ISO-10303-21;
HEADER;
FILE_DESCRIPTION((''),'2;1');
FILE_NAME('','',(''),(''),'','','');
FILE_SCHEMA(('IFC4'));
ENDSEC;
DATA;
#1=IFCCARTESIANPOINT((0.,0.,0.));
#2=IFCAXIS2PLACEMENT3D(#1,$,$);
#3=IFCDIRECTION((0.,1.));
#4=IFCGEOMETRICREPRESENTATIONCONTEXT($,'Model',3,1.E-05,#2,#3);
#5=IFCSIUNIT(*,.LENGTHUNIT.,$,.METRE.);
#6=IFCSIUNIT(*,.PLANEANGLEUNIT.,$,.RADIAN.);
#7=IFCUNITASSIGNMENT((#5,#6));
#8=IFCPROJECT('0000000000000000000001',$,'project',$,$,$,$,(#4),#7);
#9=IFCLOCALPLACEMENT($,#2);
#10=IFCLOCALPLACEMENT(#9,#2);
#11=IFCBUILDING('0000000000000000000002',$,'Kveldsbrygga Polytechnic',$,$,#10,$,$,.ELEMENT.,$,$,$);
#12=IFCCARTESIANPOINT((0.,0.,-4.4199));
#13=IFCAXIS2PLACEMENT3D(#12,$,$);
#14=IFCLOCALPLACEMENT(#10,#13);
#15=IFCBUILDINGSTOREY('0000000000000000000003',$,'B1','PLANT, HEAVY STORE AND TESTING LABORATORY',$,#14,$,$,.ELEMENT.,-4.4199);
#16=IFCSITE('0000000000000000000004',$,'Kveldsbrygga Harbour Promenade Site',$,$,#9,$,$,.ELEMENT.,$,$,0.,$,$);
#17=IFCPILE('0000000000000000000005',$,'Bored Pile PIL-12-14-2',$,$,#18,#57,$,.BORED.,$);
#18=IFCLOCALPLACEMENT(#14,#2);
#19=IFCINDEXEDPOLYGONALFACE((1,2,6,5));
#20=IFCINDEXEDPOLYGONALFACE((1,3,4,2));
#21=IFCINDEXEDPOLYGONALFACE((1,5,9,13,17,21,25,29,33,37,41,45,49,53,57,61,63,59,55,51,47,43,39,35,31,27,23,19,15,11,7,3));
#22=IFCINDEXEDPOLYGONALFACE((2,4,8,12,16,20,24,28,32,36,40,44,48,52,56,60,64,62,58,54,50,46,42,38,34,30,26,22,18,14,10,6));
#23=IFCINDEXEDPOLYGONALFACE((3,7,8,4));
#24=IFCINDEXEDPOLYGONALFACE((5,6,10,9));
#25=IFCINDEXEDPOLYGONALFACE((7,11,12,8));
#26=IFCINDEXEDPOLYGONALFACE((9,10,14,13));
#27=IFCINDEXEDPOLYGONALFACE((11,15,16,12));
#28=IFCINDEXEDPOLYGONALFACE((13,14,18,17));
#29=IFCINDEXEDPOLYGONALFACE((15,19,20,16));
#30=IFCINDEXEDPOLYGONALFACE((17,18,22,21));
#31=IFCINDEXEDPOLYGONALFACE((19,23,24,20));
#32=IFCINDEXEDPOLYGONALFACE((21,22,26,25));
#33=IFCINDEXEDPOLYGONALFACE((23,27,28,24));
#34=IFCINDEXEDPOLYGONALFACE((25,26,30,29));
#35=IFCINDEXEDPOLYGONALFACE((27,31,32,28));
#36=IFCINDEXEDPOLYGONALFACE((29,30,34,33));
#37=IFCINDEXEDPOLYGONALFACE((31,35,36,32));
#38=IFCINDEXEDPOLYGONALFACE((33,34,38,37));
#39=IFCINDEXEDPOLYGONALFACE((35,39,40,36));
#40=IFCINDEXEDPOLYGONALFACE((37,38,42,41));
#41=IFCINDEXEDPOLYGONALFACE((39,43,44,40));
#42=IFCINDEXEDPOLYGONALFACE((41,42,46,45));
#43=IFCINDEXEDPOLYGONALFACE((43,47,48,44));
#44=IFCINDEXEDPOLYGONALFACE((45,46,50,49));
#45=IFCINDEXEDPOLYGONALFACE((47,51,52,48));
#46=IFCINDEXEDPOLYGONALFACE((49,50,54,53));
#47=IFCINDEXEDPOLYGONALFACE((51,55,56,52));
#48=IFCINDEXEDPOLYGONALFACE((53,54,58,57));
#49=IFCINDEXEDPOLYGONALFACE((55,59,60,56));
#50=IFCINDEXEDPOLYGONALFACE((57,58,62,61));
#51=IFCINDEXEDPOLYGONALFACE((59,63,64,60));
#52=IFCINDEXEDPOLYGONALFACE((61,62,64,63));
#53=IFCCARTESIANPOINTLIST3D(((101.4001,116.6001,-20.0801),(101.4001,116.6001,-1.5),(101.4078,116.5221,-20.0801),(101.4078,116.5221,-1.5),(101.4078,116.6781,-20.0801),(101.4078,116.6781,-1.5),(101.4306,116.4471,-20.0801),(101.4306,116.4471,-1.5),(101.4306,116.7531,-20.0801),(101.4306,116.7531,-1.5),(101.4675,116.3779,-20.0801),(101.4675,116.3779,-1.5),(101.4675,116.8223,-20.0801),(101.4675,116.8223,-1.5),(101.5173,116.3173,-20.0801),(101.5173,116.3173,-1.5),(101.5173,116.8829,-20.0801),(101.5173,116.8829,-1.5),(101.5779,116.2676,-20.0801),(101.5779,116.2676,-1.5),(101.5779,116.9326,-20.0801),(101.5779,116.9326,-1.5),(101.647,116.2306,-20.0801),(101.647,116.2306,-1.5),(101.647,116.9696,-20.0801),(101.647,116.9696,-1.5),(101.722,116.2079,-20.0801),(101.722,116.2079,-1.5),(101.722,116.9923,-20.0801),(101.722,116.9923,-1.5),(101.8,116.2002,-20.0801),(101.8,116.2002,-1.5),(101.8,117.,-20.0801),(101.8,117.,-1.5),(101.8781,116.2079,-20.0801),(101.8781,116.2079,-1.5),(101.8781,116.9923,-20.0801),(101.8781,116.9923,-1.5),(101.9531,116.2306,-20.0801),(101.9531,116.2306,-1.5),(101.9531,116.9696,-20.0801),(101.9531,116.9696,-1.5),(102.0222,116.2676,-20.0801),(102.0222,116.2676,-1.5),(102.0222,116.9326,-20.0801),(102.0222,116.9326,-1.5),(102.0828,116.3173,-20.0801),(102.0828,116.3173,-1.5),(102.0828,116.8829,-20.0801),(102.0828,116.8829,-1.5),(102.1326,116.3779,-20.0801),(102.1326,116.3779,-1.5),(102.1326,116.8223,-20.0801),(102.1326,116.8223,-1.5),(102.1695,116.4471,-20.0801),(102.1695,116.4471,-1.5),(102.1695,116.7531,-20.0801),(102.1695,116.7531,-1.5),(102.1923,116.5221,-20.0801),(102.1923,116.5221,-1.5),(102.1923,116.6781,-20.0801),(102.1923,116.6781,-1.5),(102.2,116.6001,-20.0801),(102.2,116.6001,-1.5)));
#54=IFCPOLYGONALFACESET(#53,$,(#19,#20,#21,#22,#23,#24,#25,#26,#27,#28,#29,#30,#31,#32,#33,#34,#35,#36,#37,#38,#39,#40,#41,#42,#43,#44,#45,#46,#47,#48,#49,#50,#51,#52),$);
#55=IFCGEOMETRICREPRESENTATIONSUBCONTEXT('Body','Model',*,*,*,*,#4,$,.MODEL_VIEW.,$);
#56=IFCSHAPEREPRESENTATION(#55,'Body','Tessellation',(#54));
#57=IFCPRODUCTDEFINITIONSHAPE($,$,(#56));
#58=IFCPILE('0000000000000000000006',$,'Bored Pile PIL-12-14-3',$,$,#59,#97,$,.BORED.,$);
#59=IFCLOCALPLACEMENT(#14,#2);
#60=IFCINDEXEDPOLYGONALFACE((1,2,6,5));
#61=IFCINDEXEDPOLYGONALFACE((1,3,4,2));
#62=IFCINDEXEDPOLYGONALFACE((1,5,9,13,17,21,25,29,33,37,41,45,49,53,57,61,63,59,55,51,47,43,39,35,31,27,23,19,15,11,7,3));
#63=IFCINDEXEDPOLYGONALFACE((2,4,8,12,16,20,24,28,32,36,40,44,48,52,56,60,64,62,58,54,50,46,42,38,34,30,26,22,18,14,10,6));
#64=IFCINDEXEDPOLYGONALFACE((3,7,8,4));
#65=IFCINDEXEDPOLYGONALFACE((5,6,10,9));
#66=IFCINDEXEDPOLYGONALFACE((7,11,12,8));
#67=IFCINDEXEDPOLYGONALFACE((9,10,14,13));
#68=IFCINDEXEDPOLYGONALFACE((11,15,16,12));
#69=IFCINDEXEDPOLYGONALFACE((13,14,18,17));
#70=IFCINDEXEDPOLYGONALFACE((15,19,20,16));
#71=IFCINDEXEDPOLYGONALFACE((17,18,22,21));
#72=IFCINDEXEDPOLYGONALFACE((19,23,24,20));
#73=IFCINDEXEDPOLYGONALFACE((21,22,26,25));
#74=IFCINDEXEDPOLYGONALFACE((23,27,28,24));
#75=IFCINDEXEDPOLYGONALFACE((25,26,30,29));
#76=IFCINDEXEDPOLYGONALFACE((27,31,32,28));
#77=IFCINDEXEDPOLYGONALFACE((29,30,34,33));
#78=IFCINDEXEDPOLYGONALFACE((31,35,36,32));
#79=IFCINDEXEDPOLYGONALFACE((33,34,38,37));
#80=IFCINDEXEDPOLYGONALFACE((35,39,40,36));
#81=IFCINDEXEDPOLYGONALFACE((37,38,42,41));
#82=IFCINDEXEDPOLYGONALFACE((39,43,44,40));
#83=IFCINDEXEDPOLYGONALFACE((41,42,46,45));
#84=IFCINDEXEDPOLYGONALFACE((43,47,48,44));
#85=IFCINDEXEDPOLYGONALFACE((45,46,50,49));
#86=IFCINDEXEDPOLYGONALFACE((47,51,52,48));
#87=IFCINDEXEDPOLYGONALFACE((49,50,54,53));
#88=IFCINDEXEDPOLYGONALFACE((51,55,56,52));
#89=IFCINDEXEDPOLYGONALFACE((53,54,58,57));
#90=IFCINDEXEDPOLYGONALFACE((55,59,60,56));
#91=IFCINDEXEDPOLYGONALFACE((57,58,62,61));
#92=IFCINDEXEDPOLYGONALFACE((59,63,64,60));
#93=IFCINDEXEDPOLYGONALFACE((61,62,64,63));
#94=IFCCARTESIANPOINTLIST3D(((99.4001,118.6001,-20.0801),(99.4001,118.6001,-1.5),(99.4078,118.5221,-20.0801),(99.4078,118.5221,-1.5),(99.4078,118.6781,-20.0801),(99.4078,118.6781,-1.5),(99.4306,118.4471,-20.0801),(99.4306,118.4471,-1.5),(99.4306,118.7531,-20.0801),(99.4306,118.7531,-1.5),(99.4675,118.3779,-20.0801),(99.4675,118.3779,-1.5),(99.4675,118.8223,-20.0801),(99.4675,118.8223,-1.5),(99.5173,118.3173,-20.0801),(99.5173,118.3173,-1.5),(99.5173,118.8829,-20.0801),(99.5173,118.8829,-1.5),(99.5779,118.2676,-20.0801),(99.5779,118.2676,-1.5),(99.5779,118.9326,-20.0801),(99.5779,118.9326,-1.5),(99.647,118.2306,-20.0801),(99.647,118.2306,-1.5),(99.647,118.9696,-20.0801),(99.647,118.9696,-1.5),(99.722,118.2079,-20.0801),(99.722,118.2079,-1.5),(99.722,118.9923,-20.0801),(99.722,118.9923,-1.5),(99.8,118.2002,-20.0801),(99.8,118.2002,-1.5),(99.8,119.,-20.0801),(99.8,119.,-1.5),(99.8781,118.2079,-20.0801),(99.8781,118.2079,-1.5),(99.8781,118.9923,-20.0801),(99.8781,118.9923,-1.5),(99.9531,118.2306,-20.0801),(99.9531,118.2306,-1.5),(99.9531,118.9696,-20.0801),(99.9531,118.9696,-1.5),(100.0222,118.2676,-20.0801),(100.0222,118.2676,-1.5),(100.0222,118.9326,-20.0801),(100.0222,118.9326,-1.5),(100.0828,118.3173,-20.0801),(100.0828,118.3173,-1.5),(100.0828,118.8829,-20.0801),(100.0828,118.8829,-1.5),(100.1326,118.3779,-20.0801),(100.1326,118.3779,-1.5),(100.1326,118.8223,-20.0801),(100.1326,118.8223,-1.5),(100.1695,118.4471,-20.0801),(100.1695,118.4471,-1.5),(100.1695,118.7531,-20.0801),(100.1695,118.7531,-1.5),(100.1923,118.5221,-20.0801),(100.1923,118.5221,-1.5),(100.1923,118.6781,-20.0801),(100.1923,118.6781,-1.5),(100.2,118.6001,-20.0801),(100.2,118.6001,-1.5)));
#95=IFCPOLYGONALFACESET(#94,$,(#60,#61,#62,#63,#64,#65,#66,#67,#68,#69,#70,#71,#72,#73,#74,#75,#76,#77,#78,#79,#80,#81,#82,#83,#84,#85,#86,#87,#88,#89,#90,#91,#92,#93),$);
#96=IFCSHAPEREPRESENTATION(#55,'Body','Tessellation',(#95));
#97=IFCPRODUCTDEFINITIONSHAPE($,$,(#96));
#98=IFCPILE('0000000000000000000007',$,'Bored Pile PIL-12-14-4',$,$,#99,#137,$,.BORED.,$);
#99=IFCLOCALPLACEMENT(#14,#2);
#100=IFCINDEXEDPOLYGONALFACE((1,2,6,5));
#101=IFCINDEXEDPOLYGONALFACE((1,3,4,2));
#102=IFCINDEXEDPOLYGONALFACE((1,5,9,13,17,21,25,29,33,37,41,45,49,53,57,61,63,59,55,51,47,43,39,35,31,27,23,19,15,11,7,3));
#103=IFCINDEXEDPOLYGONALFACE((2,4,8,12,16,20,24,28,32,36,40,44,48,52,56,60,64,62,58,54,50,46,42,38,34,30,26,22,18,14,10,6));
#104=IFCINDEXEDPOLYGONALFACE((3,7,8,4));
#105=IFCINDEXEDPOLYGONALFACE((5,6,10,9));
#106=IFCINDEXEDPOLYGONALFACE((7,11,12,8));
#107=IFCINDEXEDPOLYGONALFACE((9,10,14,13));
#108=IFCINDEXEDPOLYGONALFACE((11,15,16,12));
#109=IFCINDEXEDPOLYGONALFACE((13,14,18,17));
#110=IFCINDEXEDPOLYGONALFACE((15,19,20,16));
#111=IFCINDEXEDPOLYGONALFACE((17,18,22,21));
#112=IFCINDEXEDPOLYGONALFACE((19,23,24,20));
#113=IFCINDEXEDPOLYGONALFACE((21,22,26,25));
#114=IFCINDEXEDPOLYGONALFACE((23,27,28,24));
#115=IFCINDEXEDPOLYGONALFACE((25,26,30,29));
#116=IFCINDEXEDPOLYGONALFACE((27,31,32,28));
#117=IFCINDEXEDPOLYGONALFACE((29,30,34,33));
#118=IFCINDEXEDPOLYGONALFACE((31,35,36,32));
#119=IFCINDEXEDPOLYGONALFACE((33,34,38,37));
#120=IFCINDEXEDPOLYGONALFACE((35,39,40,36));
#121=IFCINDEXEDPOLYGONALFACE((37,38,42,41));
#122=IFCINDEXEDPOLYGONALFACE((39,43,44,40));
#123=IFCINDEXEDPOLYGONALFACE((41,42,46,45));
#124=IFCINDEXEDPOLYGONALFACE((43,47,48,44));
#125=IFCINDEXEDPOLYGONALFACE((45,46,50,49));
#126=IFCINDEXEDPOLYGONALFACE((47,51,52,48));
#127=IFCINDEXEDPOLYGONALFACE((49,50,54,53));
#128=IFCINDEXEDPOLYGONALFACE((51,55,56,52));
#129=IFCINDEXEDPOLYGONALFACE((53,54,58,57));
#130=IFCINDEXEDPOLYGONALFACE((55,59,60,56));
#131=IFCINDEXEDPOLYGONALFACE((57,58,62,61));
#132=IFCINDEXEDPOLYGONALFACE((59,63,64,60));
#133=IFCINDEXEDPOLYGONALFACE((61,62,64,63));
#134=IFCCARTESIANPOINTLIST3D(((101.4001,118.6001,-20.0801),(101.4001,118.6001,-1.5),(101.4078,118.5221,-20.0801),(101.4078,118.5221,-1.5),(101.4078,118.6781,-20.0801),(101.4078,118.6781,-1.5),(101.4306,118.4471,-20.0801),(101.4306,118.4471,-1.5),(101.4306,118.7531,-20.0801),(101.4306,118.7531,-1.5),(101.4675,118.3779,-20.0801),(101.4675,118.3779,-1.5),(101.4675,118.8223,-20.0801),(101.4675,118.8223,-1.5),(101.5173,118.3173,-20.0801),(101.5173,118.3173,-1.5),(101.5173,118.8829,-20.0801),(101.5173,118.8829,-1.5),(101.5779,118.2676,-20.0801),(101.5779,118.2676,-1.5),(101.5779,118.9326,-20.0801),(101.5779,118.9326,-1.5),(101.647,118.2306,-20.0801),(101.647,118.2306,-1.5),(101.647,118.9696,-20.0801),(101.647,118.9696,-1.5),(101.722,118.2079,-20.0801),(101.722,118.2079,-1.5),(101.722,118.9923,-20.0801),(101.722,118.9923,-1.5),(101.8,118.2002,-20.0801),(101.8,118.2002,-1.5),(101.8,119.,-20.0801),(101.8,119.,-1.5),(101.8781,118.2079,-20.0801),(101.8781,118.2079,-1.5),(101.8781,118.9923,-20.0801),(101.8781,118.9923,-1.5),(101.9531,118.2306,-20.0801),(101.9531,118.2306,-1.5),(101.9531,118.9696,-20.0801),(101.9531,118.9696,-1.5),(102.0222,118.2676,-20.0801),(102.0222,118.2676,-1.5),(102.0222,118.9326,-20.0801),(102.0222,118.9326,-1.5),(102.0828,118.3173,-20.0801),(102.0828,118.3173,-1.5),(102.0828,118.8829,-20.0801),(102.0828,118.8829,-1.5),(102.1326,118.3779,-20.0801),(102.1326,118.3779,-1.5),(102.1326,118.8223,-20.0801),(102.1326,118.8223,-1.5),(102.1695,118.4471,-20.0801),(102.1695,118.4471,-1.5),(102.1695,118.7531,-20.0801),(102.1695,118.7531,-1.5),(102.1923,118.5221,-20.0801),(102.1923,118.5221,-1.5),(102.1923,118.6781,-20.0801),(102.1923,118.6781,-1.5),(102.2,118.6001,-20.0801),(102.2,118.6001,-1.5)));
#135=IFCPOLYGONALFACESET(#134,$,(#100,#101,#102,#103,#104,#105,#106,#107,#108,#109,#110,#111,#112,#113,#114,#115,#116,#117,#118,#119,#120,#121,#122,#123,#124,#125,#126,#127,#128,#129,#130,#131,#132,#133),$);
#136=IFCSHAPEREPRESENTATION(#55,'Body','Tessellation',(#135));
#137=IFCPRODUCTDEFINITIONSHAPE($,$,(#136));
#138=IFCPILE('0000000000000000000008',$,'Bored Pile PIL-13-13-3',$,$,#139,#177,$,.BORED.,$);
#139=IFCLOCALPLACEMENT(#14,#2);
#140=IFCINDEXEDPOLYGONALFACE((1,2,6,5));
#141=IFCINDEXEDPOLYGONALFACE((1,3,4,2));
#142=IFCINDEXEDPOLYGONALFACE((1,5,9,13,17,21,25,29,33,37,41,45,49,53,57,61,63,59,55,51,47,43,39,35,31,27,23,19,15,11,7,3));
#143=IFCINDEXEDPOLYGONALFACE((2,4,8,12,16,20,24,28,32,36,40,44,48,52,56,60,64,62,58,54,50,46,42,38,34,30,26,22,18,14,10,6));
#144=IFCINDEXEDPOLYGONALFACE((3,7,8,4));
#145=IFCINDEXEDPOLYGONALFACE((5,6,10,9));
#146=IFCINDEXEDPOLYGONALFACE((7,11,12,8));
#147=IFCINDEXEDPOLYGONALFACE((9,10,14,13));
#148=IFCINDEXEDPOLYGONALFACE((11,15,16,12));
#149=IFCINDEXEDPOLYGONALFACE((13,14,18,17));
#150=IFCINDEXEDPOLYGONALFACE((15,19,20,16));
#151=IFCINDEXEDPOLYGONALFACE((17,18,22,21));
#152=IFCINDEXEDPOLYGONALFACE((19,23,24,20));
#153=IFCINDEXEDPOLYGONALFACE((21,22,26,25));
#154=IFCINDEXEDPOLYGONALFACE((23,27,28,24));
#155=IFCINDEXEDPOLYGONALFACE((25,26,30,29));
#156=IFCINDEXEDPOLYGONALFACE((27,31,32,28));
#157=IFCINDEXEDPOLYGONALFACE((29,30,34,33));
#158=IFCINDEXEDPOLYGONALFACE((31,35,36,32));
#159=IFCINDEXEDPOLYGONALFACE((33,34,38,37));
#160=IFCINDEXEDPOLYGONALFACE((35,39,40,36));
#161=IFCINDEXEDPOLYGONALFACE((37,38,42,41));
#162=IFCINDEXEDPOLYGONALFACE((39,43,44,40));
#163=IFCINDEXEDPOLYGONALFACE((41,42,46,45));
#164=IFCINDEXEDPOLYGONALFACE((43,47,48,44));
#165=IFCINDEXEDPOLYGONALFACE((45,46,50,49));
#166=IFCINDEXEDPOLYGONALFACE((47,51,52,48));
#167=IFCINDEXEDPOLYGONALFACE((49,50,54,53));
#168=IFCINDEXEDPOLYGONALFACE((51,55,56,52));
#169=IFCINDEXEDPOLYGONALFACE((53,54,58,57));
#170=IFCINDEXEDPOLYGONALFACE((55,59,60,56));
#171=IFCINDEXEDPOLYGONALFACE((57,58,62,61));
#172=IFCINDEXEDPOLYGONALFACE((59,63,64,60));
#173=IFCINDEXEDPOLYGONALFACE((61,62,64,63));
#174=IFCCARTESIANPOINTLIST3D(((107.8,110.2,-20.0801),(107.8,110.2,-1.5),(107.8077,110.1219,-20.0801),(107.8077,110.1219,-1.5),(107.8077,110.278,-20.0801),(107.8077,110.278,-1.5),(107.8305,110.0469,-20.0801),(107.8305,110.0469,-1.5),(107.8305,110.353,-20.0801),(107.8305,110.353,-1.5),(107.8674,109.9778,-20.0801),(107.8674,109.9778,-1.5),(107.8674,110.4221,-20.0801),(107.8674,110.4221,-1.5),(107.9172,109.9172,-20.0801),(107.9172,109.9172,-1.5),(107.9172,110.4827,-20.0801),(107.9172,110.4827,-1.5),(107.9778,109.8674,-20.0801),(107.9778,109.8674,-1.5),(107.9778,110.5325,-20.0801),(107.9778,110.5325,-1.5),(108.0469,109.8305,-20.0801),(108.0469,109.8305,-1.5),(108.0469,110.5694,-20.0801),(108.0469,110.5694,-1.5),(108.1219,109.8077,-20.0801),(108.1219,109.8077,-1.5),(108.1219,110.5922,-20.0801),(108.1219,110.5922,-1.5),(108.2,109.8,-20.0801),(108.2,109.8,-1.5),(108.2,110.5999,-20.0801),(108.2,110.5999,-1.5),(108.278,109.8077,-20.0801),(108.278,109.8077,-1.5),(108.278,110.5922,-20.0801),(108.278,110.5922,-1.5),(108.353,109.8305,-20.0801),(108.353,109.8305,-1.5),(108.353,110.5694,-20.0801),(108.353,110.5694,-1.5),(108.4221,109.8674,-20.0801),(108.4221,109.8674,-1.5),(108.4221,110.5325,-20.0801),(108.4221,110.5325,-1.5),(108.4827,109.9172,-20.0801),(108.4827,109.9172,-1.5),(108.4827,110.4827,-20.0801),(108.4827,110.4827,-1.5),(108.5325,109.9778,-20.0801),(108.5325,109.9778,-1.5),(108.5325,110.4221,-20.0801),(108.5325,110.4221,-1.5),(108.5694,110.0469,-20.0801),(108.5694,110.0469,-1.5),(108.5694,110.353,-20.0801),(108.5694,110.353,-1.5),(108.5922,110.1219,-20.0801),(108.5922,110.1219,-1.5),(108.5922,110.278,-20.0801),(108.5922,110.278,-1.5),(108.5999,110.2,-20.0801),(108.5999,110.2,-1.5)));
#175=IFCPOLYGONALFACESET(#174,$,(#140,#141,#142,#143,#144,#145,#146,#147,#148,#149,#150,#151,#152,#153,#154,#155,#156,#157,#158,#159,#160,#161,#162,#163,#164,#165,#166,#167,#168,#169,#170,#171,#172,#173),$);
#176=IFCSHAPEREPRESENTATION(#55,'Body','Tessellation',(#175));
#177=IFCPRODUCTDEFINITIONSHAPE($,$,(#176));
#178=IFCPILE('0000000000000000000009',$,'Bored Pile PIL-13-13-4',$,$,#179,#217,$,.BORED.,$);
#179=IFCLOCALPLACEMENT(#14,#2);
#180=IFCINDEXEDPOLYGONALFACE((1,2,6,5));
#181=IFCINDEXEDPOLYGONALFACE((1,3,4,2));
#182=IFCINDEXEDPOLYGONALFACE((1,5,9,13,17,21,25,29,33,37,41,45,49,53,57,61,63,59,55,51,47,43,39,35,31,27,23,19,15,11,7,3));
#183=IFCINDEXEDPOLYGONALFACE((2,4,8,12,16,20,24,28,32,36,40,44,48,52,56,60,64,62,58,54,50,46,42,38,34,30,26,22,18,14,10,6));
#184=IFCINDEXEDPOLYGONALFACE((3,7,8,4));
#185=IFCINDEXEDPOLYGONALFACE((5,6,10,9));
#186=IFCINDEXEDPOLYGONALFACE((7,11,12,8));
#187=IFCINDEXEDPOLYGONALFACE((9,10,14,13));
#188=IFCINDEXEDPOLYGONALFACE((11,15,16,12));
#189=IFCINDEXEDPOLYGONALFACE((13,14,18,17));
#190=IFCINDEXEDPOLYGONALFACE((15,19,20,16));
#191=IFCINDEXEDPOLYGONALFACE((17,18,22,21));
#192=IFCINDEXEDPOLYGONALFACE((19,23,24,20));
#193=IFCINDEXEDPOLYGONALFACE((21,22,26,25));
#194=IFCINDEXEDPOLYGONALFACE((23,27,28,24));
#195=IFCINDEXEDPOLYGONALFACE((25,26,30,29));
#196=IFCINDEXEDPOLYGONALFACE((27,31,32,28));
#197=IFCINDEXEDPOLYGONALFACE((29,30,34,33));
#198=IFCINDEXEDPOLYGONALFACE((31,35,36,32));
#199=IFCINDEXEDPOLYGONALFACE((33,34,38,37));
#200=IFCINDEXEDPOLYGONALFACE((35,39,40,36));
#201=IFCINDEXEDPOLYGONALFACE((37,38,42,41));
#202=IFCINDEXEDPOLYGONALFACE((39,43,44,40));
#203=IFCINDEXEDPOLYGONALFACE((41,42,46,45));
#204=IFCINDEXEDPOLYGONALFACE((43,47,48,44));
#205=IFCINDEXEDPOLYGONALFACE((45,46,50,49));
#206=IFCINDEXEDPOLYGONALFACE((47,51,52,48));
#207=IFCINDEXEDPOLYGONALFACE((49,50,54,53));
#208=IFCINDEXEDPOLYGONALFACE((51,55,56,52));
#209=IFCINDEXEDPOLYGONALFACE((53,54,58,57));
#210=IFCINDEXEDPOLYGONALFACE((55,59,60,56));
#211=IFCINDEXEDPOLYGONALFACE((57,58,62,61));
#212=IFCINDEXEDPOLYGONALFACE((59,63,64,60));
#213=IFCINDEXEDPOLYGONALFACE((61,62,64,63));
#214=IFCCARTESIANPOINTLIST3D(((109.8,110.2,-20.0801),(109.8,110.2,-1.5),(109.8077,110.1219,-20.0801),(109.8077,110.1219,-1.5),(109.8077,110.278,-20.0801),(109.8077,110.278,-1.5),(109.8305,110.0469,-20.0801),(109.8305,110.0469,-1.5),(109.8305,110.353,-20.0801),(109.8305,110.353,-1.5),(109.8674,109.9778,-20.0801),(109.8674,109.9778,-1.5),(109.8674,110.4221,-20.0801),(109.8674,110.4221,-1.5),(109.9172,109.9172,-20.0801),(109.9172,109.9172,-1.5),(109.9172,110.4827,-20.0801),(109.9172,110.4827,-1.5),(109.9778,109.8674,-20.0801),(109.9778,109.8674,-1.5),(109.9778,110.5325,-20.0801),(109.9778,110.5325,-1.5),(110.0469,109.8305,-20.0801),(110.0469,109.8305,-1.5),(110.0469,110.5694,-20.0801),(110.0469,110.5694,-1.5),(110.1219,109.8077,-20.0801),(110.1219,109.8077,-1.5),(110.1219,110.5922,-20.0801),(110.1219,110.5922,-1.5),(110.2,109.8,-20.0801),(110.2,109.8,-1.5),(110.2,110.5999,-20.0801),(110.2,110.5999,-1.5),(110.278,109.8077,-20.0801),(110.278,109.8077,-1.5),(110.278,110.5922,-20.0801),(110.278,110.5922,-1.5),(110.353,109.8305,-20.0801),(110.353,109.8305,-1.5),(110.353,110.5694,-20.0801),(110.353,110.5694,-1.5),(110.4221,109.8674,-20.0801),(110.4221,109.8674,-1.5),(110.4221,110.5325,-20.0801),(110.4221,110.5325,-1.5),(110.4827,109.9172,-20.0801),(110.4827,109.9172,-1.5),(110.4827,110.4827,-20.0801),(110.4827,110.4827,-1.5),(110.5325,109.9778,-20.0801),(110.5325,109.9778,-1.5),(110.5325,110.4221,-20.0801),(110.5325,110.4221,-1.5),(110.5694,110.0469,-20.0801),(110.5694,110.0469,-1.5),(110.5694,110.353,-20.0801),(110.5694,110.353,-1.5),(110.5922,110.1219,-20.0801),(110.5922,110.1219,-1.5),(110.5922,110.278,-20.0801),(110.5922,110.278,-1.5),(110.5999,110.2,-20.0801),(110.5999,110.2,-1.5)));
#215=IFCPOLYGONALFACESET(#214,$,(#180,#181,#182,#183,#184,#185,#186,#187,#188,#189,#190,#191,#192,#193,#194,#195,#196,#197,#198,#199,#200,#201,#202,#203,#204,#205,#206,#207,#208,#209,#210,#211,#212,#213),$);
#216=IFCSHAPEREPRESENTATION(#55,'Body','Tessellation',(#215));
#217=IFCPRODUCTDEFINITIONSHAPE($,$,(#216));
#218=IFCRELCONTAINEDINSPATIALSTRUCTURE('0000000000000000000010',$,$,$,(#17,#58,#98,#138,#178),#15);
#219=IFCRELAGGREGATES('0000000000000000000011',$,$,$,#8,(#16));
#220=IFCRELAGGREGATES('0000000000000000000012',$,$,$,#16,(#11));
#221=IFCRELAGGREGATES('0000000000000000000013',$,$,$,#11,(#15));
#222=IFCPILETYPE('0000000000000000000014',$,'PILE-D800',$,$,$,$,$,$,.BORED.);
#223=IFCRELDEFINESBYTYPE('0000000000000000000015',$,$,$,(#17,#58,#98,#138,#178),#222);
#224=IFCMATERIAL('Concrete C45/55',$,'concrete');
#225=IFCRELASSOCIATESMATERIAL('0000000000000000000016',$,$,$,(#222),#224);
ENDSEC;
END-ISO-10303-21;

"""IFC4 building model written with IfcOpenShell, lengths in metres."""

from ifc_helpers import new_model, si_unit, direction, frame, origin, origin_2d, place, context, subcontext, project, spatial, circle, extrude, material, material_profile, profile_set, type_object, element, save


model = new_model("IFC4")

# Units and contexts
model_context = context("Model", 3, precision=1e-05, world=origin(), true_north=direction((0.0, 1.0)))
body_context = subcontext(model_context, "Body", "Model", "MODEL_VIEW")
ifc_project = project(units=[si_unit("LENGTHUNIT", "METRE"), si_unit("PLANEANGLEUNIT", "RADIAN")], contexts=[model_context])

# Site, building, storey
site_placement = place(None, origin())
site = spatial("IfcSite", under=ifc_project, at=site_placement, Name="Kveldsbrygga Harbour Promenade Site", CompositionType="ELEMENT", RefElevation=0.0)
building_placement = place(site_placement, origin())
building = spatial("IfcBuilding", under=site, at=building_placement, Name="Kveldsbrygga Polytechnic", CompositionType="ELEMENT")
storey_placement = place(building_placement, frame((0.0, 0.0, -4.4199)))
storey = spatial("IfcBuildingStorey", under=building, at=storey_placement, Name="B1", Description="PLANT, HEAVY STORE AND TESTING LABORATORY", CompositionType="ELEMENT", Elevation=-4.4199)

# Shared definitions
ifc_material_1 = material(Name="Concrete C45/55", Category="concrete")

# Piles
ifc_material_profile_1 = material_profile(ifc_material_1, circle(Radius=0.3999, at=origin_2d()), Name="PILE D800")
ifc_profile_set_1 = profile_set([ifc_material_profile_1], Name="Concrete C45/55")
pile_type = type_object("IfcPileType", Name="PILE-D800", PredefinedType="BORED", material=ifc_profile_set_1)
for number, where, z_axis, x_axis, name in (
    (1, (101.8, 116.6001, -1.5), (0.0, 0.0, -1.0), (1.0, 0.0, 0.0), "Bored Pile PIL-12-14-2"),
    (2, (99.8, 118.6001, -1.5), (0.0, 0.0, -1.0), (1.0, 0.0, 0.0), "Bored Pile PIL-12-14-3"),
    (3, (101.8, 118.6001, -1.5), (0.0, 0.0, -1.0), (1.0, 0.0, 0.0), "Bored Pile PIL-12-14-4"),
    (4, (108.2, 110.2, -1.5), (0.0, 0.0, -1.0), (1.0, 0.0, 0.0), "Bored Pile PIL-13-13-3"),
    (5, (110.2, 110.2, -1.5), (0.0, 0.0, -1.0), (1.0, 0.0, 0.0), "Bored Pile PIL-13-13-4"),
):
    element("IfcPile", number, at=place(storey_placement, frame(where, z_axis=z_axis, x_axis=x_axis)), inside=storey, type_object=pile_type, Name=name, PredefinedType="BORED", context=body_context, shape_type="SweptSolid", body=[
        extrude(circle(Radius=0.3999, at=origin_2d()), origin(), (0.0, 0.0, 1.0), 18.5801),
    ])

save(model, "model.ifc")
